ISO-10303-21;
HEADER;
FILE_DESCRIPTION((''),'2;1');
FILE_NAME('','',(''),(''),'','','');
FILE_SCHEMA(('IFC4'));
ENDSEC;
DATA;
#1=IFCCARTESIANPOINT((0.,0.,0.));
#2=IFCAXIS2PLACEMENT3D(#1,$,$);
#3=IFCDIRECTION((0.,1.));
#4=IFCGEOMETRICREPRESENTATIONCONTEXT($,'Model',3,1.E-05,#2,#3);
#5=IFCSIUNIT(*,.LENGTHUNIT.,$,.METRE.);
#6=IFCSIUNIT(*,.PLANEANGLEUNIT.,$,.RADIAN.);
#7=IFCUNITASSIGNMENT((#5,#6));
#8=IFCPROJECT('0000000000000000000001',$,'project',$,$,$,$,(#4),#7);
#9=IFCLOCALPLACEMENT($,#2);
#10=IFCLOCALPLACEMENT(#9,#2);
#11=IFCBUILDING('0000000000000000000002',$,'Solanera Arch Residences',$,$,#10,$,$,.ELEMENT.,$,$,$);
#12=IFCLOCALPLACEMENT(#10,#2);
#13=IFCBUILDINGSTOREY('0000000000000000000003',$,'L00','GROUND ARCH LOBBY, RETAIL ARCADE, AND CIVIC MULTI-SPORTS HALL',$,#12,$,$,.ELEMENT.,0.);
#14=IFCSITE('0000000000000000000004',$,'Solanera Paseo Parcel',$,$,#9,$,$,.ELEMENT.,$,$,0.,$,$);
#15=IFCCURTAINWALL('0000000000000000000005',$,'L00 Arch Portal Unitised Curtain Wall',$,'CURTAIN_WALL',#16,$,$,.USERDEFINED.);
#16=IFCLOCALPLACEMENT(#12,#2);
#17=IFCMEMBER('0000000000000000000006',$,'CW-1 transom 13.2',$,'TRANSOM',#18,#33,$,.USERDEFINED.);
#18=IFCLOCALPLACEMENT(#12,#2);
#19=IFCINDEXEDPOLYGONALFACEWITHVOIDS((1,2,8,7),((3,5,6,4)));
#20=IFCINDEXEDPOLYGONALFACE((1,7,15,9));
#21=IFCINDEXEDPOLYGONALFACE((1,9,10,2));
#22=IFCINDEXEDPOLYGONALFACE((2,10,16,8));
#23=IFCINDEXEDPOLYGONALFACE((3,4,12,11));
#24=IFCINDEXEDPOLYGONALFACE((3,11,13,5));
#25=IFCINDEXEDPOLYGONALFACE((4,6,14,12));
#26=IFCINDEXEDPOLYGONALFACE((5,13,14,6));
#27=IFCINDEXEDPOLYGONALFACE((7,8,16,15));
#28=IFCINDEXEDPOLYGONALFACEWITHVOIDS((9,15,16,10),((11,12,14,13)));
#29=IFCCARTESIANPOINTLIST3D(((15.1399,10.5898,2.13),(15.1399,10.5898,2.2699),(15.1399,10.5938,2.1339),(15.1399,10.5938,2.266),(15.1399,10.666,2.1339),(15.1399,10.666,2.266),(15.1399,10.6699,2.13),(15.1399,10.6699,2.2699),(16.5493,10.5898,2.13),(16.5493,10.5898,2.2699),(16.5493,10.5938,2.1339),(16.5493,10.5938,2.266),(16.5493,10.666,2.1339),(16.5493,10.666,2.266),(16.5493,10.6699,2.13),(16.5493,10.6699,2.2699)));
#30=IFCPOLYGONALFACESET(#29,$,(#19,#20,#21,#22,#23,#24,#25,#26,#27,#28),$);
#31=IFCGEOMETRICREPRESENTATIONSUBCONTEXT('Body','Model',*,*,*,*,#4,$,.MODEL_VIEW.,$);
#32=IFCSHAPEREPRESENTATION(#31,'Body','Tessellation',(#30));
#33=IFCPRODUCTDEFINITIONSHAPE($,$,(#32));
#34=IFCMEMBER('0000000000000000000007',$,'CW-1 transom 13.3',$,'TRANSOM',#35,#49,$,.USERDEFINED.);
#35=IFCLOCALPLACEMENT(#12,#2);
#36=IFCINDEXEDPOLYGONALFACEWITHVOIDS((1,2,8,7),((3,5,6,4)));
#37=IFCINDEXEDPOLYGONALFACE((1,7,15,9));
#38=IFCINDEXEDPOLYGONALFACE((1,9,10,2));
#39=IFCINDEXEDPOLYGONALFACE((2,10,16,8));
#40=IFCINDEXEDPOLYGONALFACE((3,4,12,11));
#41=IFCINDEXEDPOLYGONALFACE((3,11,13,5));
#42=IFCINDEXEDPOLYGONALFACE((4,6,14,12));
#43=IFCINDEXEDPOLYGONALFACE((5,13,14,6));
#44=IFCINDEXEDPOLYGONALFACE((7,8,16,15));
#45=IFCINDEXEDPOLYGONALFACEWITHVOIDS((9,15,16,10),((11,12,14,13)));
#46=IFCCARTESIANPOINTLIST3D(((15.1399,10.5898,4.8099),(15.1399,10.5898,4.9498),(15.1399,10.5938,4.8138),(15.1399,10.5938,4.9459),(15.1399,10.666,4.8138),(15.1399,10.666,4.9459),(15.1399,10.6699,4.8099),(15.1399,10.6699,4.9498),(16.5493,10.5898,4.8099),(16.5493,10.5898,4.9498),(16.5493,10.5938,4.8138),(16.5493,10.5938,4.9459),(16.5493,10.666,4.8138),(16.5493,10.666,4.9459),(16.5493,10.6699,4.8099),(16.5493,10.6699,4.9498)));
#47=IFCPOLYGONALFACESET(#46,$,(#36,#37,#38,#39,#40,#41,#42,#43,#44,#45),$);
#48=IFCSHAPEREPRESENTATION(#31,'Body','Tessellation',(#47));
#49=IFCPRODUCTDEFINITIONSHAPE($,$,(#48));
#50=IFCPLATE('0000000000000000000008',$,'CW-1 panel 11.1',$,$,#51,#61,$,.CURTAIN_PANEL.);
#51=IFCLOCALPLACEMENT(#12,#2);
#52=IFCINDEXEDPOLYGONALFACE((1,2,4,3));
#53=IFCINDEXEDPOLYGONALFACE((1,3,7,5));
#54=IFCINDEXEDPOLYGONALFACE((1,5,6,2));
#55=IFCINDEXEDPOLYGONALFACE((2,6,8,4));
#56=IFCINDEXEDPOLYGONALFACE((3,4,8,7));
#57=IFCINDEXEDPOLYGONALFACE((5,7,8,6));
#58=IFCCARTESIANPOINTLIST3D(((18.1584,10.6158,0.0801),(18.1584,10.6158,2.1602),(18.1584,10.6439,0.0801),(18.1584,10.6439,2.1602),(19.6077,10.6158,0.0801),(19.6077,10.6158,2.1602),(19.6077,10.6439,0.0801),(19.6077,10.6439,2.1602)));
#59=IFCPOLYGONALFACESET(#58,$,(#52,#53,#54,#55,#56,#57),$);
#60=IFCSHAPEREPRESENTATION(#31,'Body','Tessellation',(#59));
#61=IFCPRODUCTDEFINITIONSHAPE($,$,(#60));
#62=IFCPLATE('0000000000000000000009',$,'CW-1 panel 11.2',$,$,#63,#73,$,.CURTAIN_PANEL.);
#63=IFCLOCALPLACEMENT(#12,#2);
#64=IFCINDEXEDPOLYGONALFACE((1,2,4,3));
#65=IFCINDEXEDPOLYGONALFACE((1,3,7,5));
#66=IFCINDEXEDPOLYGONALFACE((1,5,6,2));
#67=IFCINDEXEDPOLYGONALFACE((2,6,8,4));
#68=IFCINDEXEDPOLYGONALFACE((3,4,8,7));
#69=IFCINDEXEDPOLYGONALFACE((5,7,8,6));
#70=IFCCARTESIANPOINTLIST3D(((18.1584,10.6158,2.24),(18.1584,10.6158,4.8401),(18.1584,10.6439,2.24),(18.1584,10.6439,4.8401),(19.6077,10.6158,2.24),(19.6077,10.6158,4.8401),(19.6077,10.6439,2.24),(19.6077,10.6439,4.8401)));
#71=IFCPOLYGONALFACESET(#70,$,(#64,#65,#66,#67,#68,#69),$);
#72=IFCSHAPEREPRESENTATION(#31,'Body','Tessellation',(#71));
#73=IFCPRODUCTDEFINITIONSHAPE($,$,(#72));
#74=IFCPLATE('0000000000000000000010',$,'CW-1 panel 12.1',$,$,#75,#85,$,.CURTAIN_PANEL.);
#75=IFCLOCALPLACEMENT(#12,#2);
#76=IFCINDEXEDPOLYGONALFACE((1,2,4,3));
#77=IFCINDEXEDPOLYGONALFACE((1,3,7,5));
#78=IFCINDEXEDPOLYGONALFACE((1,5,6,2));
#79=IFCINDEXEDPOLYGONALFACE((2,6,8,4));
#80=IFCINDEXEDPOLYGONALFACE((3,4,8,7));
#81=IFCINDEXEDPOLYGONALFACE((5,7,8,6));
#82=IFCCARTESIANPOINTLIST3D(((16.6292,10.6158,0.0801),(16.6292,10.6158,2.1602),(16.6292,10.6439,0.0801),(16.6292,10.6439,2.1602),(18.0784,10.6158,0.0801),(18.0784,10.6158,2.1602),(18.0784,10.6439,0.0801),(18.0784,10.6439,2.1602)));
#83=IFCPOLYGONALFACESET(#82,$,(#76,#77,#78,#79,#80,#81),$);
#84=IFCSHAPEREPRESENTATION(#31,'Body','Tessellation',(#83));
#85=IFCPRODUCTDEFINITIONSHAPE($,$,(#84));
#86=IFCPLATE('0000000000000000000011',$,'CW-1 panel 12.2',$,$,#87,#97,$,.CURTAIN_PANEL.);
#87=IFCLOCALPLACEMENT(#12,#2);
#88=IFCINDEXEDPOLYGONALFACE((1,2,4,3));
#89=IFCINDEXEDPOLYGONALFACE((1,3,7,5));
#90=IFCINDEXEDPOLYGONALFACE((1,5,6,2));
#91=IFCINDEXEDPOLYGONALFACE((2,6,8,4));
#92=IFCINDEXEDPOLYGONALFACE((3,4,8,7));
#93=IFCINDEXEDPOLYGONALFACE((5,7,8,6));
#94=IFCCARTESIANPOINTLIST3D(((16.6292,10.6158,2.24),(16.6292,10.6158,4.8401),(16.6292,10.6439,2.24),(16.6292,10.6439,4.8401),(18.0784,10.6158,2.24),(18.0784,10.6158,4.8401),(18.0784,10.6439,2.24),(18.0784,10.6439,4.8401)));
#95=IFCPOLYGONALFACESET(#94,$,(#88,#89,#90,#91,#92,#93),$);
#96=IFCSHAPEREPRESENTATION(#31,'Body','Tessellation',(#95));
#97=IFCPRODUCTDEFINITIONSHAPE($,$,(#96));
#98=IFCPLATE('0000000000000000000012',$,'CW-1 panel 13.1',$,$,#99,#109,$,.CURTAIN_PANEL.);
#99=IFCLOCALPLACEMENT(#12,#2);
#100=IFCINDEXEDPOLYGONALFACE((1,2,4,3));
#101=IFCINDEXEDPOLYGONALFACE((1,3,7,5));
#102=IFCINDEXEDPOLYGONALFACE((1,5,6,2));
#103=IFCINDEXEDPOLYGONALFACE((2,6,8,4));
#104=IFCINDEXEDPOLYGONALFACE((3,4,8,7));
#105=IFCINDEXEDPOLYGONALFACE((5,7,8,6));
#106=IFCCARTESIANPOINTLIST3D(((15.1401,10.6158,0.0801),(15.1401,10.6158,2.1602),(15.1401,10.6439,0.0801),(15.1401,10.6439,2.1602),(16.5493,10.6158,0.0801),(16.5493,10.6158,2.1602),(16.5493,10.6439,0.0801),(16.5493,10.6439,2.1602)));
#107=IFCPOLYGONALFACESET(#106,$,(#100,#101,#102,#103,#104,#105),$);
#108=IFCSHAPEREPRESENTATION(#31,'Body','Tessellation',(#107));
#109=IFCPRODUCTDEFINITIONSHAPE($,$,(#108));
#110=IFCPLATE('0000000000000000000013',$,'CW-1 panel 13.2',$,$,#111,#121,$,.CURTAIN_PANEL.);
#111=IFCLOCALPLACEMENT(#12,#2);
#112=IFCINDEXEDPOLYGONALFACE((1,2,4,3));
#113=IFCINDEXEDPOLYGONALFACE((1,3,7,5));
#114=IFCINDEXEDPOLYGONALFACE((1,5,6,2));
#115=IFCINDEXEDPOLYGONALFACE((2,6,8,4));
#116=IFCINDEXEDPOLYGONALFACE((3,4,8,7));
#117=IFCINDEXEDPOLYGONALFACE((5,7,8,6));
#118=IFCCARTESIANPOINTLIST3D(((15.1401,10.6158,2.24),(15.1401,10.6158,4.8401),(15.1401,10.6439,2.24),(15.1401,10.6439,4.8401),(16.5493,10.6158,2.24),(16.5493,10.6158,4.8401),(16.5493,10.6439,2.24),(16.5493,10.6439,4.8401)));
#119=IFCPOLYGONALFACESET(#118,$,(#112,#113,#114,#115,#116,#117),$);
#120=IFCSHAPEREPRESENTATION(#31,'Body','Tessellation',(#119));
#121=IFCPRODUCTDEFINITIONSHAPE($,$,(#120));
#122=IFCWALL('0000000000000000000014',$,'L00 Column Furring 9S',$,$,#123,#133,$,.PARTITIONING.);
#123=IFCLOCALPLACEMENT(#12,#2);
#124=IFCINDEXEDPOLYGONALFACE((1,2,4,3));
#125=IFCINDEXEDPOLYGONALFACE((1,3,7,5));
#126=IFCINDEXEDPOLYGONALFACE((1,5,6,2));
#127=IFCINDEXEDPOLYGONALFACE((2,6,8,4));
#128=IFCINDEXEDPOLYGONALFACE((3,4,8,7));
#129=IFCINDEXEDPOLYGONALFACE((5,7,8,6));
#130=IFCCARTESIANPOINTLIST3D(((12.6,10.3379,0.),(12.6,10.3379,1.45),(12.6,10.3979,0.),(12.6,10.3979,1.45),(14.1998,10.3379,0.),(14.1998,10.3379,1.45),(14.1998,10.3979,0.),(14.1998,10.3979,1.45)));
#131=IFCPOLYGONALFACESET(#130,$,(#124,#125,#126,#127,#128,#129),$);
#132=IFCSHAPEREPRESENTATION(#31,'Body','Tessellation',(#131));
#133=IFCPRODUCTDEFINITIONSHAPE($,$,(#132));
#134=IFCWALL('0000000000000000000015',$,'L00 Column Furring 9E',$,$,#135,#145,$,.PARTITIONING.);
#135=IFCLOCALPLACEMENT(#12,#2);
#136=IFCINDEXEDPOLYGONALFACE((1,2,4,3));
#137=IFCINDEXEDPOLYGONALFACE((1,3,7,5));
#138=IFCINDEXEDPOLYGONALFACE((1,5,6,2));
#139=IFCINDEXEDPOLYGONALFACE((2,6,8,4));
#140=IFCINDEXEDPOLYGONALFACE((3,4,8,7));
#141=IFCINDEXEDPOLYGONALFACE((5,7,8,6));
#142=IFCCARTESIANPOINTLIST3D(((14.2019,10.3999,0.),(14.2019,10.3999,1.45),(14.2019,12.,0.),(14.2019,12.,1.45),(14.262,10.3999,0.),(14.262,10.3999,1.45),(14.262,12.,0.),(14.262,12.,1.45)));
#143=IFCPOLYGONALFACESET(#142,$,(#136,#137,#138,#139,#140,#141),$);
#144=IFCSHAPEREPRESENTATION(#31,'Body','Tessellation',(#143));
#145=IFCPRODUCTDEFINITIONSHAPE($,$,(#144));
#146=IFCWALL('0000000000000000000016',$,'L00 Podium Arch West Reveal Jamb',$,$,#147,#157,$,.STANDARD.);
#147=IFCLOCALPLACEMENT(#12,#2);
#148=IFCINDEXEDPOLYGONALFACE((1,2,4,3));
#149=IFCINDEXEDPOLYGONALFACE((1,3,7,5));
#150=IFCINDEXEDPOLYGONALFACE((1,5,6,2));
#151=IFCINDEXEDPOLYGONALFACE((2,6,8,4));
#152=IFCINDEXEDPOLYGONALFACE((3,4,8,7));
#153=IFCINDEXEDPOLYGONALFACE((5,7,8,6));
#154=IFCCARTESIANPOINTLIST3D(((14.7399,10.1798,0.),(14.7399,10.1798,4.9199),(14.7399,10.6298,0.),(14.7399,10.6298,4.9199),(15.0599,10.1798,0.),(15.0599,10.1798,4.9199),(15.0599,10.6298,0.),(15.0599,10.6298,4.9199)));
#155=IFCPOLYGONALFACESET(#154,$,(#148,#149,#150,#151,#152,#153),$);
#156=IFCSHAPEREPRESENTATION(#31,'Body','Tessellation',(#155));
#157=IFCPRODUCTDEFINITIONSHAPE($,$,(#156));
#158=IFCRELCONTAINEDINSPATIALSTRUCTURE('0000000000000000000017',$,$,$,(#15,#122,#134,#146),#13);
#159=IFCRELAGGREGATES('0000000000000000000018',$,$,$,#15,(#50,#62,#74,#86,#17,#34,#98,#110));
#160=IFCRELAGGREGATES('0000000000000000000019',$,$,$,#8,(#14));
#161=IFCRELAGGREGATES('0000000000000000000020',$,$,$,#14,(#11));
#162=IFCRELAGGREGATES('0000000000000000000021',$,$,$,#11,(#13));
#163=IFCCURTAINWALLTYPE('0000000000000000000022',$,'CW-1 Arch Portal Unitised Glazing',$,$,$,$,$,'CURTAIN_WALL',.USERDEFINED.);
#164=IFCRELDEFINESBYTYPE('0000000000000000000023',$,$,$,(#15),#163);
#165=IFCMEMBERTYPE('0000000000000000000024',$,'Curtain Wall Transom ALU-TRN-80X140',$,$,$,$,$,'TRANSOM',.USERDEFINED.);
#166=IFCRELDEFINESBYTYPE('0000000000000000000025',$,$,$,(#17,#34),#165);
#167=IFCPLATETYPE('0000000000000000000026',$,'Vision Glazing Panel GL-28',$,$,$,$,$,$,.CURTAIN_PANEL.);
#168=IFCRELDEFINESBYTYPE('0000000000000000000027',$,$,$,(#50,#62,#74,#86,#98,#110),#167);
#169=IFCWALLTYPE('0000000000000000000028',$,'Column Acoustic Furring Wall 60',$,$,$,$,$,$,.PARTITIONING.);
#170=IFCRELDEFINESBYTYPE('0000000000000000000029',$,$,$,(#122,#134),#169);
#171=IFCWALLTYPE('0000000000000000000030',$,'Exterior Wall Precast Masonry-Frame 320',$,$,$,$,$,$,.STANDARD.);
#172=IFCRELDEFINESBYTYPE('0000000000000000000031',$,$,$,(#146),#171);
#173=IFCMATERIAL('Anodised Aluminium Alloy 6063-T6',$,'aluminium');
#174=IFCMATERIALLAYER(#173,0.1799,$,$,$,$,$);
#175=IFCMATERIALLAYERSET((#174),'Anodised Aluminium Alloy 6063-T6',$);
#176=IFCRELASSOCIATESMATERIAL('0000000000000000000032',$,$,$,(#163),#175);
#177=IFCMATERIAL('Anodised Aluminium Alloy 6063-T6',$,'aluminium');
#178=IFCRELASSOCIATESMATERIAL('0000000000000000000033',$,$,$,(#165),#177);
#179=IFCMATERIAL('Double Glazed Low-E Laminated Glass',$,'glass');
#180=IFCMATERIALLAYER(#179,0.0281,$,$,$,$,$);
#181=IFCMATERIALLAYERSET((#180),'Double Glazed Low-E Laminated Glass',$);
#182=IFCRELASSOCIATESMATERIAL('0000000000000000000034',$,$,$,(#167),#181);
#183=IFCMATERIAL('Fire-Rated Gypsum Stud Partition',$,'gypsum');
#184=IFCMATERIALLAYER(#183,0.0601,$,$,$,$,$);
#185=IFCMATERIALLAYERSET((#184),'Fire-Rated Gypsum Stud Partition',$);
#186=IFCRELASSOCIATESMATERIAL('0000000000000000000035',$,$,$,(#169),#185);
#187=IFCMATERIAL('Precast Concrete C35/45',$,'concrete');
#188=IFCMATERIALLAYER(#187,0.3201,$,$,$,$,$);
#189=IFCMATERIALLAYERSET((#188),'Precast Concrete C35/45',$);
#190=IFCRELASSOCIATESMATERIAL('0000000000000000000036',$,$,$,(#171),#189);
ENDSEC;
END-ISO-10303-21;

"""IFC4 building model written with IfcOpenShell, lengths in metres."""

from ifc_helpers import new_model, si_unit, direction, frame, frame_2d, origin, origin_2d, place, context, subcontext, project, spatial, rectangle, hollow_rectangle, extrude, material, layer, layer_set, material_profile, profile_set, type_object, element, aggregate, save


model = new_model("IFC4")

# Units and contexts
model_context = context("Model", 3, precision=1e-05, world=origin(), true_north=direction((0.0, 1.0)))
body_context = subcontext(model_context, "Body", "Model", "MODEL_VIEW")
ifc_project = project(units=[si_unit("LENGTHUNIT", "METRE"), si_unit("PLANEANGLEUNIT", "RADIAN")], contexts=[model_context])

# Site, building, storey
site_placement = place(None, origin())
site = spatial("IfcSite", under=ifc_project, at=site_placement, Name="Solanera Paseo Parcel", CompositionType="ELEMENT", RefElevation=0.0)
building_placement = place(site_placement, origin())
building = spatial("IfcBuilding", under=site, at=building_placement, Name="Solanera Arch Residences", CompositionType="ELEMENT")
storey_placement = place(building_placement, origin())
storey = spatial("IfcBuildingStorey", under=building, at=storey_placement, Name="L00", Description="GROUND ARCH LOBBY, RETAIL ARCADE, AND CIVIC MULTI-SPORTS HALL", CompositionType="ELEMENT", Elevation=0.0)

# Curtain wall, members, plates
ifc_material_1 = material(Name="Anodised Aluminium Alloy 6063-T6", Category="aluminium")
ifc_layer_1 = layer(ifc_material_1, 0.1799)
ifc_layer_set_1 = layer_set([ifc_layer_1], Name="Anodised Aluminium Alloy 6063-T6")
curtain_wall_type = type_object("IfcCurtainWallType", Name="CW-1 Arch Portal Unitised Glazing", ElementType="CURTAIN_WALL", PredefinedType="USERDEFINED", material=ifc_layer_set_1)
curtain_wall_placement = place(storey_placement, origin())
curtain_wall = element("IfcCurtainWall", 1, at=curtain_wall_placement, inside=storey, type_object=curtain_wall_type, Name="L00 Arch Portal Unitised Curtain Wall", ObjectType="CURTAIN_WALL", PredefinedType="USERDEFINED")
ifc_material_2 = material(Name="Anodised Aluminium Alloy 6063-T6", Category="aluminium")
ifc_material_profile_1 = material_profile(ifc_material_2, hollow_rectangle(XDim=0.0801, YDim=0.1399, WallThickness=0.0039, at=origin_2d()))
ifc_profile_set_1 = profile_set([ifc_material_profile_1], Name="Anodised Aluminium Alloy 6063-T6")
member_type_1 = type_object("IfcMemberType", Name="Curtain Wall Transom ALU-TRN-80X140", ElementType="TRANSOM", PredefinedType="USERDEFINED", material=ifc_profile_set_1)
member_1_placement = place(storey_placement, frame((16.5493, 10.6299, 2.2), z_axis=(-1.0, 0.0, 0.0), x_axis=(0.0, -1.0, 0.0)))
member_1 = element("IfcMember", 2, at=member_1_placement, type_object=member_type_1, Name="CW-1 transom 13.2", ObjectType="TRANSOM", PredefinedType="USERDEFINED", context=body_context, shape_type="SweptSolid", body=[
    extrude(hollow_rectangle(XDim=0.0801, YDim=0.1399, WallThickness=0.0039, at=origin_2d()), origin(), (0.0, 0.0, 1.0), 1.4094),
])
member_2_placement = place(storey_placement, frame((16.5493, 10.6299, 4.8799), z_axis=(-1.0, 0.0, 0.0), x_axis=(0.0, -1.0, 0.0)))
member_2 = element("IfcMember", 3, at=member_2_placement, type_object=member_type_1, Name="CW-1 transom 13.3", ObjectType="TRANSOM", PredefinedType="USERDEFINED", context=body_context, shape_type="SweptSolid", body=[
    extrude(hollow_rectangle(XDim=0.0801, YDim=0.1399, WallThickness=0.0039, at=origin_2d()), origin(), (0.0, 0.0, 1.0), 1.4094),
])
ifc_material_3 = material(Name="Double Glazed Low-E Laminated Glass", Category="glass")
ifc_layer_2 = layer(ifc_material_3, 0.0281)
ifc_layer_set_2 = layer_set([ifc_layer_2], Name="Double Glazed Low-E Laminated Glass")
plate_type = type_object("IfcPlateType", Name="Vision Glazing Panel GL-28", PredefinedType="CURTAIN_PANEL", material=ifc_layer_set_2)
plate_1_placement = place(storey_placement, frame((18.8831, 10.6299, 0.0801), z_axis=(0.0, 0.0, 1.0), x_axis=(-1.0, 0.0, 0.0)))
plate_1 = element("IfcPlate", 4, at=plate_1_placement, type_object=plate_type, Name="CW-1 panel 11.1", PredefinedType="CURTAIN_PANEL", context=body_context, shape_type="SweptSolid", body=[
    extrude(rectangle(XDim=1.4492, YDim=0.0281, at=origin_2d()), origin(), (0.0, 0.0, 1.0), 2.0801),
])
plate_2_placement = place(storey_placement, frame((18.8831, 10.6299, 2.24), z_axis=(0.0, 0.0, 1.0), x_axis=(-1.0, 0.0, 0.0)))
plate_2 = element("IfcPlate", 5, at=plate_2_placement, type_object=plate_type, Name="CW-1 panel 11.2", PredefinedType="CURTAIN_PANEL", context=body_context, shape_type="SweptSolid", body=[
    extrude(rectangle(XDim=1.4492, YDim=0.0281, at=origin_2d()), origin(), (0.0, 0.0, 1.0), 2.6001),
])
plate_3_placement = place(storey_placement, frame((17.3538, 10.6299, 0.0801), z_axis=(0.0, 0.0, 1.0), x_axis=(-1.0, 0.0, 0.0)))
plate_3 = element("IfcPlate", 6, at=plate_3_placement, type_object=plate_type, Name="CW-1 panel 12.1", PredefinedType="CURTAIN_PANEL", context=body_context, shape_type="SweptSolid", body=[
    extrude(rectangle(XDim=1.4492, YDim=0.0281, at=origin_2d()), origin(), (0.0, 0.0, 1.0), 2.0801),
])
plate_4_placement = place(storey_placement, frame((17.3538, 10.6299, 2.24), z_axis=(0.0, 0.0, 1.0), x_axis=(-1.0, 0.0, 0.0)))
plate_4 = element("IfcPlate", 7, at=plate_4_placement, type_object=plate_type, Name="CW-1 panel 12.2", PredefinedType="CURTAIN_PANEL", context=body_context, shape_type="SweptSolid", body=[
    extrude(rectangle(XDim=1.4492, YDim=0.0281, at=origin_2d()), origin(), (0.0, 0.0, 1.0), 2.6001),
])
plate_5_placement = place(storey_placement, frame((15.8447, 10.6299, 0.0801), z_axis=(0.0, 0.0, 1.0), x_axis=(-1.0, 0.0, 0.0)))
plate_5 = element("IfcPlate", 8, at=plate_5_placement, type_object=plate_type, Name="CW-1 panel 13.1", PredefinedType="CURTAIN_PANEL", context=body_context, shape_type="SweptSolid", body=[
    extrude(rectangle(XDim=1.4092, YDim=0.0281, at=origin_2d()), origin(), (0.0, 0.0, 1.0), 2.0801),
])
plate_6_placement = place(storey_placement, frame((15.8447, 10.6299, 2.24), z_axis=(0.0, 0.0, 1.0), x_axis=(-1.0, 0.0, 0.0)))
plate_6 = element("IfcPlate", 9, at=plate_6_placement, type_object=plate_type, Name="CW-1 panel 13.2", PredefinedType="CURTAIN_PANEL", context=body_context, shape_type="SweptSolid", body=[
    extrude(rectangle(XDim=1.4092, YDim=0.0281, at=origin_2d()), origin(), (0.0, 0.0, 1.0), 2.6001),
])
aggregate(curtain_wall, [plate_1, plate_2, plate_3, plate_4, member_1, member_2, plate_5, plate_6])

# Walls
ifc_material_4 = material(Name="Fire-Rated Gypsum Stud Partition", Category="gypsum")
ifc_layer_3 = layer(ifc_material_4, 0.0601)
ifc_layer_set_3 = layer_set([ifc_layer_3], Name="Fire-Rated Gypsum Stud Partition")
wall_type_1 = type_object("IfcWallType", Name="Column Acoustic Furring Wall 60", PredefinedType="PARTITIONING", material=ifc_layer_set_3)
wall_1_placement = place(storey_placement, frame((12.6001, 10.3679, 0.0), z_axis=(0.0, 0.0, 1.0), x_axis=(1.0, 0.0, 0.0)))
element("IfcWall", 10, at=wall_1_placement, inside=storey, type_object=wall_type_1, Name="L00 Column Furring 9S", PredefinedType="PARTITIONING", context=body_context, shape_type="SweptSolid", body=[
    extrude(rectangle(XDim=1.5999, YDim=0.0601, at=frame_2d((0.7998, 0.0))), origin(), (0.0, 0.0, 1.0), 1.45),
])
wall_2_placement = place(storey_placement, frame((14.2319, 10.3999, 0.0), z_axis=(0.0, 0.0, 1.0), x_axis=(0.0, 1.0, 0.0)))
element("IfcWall", 11, at=wall_2_placement, inside=storey, type_object=wall_type_1, Name="L00 Column Furring 9E", PredefinedType="PARTITIONING", context=body_context, shape_type="SweptSolid", body=[
    extrude(rectangle(XDim=1.6001, YDim=0.0601, at=frame_2d((0.8, 0.0))), origin(), (0.0, 0.0, 1.0), 1.45),
])
ifc_material_5 = material(Name="Precast Concrete C35/45", Category="concrete")
ifc_layer_4 = layer(ifc_material_5, 0.3201)
ifc_layer_set_4 = layer_set([ifc_layer_4], Name="Precast Concrete C35/45")
wall_type_2 = type_object("IfcWallType", Name="Exterior Wall Precast Masonry-Frame 320", PredefinedType="STANDARD", material=ifc_layer_set_4)
wall_3_placement = place(storey_placement, frame((14.8999, 10.6299, 0.0), z_axis=(0.0, 0.0, 1.0), x_axis=(0.0, -1.0, 0.0)))
element("IfcWall", 12, at=wall_3_placement, inside=storey, type_object=wall_type_2, Name="L00 Podium Arch West Reveal Jamb", PredefinedType="STANDARD", context=body_context, shape_type="SweptSolid", body=[
    extrude(rectangle(XDim=0.45, YDim=0.3201, at=frame_2d((0.2251, 0.0))), origin(), (0.0, 0.0, 1.0), 4.9199),
])

save(model, "model.ifc")
